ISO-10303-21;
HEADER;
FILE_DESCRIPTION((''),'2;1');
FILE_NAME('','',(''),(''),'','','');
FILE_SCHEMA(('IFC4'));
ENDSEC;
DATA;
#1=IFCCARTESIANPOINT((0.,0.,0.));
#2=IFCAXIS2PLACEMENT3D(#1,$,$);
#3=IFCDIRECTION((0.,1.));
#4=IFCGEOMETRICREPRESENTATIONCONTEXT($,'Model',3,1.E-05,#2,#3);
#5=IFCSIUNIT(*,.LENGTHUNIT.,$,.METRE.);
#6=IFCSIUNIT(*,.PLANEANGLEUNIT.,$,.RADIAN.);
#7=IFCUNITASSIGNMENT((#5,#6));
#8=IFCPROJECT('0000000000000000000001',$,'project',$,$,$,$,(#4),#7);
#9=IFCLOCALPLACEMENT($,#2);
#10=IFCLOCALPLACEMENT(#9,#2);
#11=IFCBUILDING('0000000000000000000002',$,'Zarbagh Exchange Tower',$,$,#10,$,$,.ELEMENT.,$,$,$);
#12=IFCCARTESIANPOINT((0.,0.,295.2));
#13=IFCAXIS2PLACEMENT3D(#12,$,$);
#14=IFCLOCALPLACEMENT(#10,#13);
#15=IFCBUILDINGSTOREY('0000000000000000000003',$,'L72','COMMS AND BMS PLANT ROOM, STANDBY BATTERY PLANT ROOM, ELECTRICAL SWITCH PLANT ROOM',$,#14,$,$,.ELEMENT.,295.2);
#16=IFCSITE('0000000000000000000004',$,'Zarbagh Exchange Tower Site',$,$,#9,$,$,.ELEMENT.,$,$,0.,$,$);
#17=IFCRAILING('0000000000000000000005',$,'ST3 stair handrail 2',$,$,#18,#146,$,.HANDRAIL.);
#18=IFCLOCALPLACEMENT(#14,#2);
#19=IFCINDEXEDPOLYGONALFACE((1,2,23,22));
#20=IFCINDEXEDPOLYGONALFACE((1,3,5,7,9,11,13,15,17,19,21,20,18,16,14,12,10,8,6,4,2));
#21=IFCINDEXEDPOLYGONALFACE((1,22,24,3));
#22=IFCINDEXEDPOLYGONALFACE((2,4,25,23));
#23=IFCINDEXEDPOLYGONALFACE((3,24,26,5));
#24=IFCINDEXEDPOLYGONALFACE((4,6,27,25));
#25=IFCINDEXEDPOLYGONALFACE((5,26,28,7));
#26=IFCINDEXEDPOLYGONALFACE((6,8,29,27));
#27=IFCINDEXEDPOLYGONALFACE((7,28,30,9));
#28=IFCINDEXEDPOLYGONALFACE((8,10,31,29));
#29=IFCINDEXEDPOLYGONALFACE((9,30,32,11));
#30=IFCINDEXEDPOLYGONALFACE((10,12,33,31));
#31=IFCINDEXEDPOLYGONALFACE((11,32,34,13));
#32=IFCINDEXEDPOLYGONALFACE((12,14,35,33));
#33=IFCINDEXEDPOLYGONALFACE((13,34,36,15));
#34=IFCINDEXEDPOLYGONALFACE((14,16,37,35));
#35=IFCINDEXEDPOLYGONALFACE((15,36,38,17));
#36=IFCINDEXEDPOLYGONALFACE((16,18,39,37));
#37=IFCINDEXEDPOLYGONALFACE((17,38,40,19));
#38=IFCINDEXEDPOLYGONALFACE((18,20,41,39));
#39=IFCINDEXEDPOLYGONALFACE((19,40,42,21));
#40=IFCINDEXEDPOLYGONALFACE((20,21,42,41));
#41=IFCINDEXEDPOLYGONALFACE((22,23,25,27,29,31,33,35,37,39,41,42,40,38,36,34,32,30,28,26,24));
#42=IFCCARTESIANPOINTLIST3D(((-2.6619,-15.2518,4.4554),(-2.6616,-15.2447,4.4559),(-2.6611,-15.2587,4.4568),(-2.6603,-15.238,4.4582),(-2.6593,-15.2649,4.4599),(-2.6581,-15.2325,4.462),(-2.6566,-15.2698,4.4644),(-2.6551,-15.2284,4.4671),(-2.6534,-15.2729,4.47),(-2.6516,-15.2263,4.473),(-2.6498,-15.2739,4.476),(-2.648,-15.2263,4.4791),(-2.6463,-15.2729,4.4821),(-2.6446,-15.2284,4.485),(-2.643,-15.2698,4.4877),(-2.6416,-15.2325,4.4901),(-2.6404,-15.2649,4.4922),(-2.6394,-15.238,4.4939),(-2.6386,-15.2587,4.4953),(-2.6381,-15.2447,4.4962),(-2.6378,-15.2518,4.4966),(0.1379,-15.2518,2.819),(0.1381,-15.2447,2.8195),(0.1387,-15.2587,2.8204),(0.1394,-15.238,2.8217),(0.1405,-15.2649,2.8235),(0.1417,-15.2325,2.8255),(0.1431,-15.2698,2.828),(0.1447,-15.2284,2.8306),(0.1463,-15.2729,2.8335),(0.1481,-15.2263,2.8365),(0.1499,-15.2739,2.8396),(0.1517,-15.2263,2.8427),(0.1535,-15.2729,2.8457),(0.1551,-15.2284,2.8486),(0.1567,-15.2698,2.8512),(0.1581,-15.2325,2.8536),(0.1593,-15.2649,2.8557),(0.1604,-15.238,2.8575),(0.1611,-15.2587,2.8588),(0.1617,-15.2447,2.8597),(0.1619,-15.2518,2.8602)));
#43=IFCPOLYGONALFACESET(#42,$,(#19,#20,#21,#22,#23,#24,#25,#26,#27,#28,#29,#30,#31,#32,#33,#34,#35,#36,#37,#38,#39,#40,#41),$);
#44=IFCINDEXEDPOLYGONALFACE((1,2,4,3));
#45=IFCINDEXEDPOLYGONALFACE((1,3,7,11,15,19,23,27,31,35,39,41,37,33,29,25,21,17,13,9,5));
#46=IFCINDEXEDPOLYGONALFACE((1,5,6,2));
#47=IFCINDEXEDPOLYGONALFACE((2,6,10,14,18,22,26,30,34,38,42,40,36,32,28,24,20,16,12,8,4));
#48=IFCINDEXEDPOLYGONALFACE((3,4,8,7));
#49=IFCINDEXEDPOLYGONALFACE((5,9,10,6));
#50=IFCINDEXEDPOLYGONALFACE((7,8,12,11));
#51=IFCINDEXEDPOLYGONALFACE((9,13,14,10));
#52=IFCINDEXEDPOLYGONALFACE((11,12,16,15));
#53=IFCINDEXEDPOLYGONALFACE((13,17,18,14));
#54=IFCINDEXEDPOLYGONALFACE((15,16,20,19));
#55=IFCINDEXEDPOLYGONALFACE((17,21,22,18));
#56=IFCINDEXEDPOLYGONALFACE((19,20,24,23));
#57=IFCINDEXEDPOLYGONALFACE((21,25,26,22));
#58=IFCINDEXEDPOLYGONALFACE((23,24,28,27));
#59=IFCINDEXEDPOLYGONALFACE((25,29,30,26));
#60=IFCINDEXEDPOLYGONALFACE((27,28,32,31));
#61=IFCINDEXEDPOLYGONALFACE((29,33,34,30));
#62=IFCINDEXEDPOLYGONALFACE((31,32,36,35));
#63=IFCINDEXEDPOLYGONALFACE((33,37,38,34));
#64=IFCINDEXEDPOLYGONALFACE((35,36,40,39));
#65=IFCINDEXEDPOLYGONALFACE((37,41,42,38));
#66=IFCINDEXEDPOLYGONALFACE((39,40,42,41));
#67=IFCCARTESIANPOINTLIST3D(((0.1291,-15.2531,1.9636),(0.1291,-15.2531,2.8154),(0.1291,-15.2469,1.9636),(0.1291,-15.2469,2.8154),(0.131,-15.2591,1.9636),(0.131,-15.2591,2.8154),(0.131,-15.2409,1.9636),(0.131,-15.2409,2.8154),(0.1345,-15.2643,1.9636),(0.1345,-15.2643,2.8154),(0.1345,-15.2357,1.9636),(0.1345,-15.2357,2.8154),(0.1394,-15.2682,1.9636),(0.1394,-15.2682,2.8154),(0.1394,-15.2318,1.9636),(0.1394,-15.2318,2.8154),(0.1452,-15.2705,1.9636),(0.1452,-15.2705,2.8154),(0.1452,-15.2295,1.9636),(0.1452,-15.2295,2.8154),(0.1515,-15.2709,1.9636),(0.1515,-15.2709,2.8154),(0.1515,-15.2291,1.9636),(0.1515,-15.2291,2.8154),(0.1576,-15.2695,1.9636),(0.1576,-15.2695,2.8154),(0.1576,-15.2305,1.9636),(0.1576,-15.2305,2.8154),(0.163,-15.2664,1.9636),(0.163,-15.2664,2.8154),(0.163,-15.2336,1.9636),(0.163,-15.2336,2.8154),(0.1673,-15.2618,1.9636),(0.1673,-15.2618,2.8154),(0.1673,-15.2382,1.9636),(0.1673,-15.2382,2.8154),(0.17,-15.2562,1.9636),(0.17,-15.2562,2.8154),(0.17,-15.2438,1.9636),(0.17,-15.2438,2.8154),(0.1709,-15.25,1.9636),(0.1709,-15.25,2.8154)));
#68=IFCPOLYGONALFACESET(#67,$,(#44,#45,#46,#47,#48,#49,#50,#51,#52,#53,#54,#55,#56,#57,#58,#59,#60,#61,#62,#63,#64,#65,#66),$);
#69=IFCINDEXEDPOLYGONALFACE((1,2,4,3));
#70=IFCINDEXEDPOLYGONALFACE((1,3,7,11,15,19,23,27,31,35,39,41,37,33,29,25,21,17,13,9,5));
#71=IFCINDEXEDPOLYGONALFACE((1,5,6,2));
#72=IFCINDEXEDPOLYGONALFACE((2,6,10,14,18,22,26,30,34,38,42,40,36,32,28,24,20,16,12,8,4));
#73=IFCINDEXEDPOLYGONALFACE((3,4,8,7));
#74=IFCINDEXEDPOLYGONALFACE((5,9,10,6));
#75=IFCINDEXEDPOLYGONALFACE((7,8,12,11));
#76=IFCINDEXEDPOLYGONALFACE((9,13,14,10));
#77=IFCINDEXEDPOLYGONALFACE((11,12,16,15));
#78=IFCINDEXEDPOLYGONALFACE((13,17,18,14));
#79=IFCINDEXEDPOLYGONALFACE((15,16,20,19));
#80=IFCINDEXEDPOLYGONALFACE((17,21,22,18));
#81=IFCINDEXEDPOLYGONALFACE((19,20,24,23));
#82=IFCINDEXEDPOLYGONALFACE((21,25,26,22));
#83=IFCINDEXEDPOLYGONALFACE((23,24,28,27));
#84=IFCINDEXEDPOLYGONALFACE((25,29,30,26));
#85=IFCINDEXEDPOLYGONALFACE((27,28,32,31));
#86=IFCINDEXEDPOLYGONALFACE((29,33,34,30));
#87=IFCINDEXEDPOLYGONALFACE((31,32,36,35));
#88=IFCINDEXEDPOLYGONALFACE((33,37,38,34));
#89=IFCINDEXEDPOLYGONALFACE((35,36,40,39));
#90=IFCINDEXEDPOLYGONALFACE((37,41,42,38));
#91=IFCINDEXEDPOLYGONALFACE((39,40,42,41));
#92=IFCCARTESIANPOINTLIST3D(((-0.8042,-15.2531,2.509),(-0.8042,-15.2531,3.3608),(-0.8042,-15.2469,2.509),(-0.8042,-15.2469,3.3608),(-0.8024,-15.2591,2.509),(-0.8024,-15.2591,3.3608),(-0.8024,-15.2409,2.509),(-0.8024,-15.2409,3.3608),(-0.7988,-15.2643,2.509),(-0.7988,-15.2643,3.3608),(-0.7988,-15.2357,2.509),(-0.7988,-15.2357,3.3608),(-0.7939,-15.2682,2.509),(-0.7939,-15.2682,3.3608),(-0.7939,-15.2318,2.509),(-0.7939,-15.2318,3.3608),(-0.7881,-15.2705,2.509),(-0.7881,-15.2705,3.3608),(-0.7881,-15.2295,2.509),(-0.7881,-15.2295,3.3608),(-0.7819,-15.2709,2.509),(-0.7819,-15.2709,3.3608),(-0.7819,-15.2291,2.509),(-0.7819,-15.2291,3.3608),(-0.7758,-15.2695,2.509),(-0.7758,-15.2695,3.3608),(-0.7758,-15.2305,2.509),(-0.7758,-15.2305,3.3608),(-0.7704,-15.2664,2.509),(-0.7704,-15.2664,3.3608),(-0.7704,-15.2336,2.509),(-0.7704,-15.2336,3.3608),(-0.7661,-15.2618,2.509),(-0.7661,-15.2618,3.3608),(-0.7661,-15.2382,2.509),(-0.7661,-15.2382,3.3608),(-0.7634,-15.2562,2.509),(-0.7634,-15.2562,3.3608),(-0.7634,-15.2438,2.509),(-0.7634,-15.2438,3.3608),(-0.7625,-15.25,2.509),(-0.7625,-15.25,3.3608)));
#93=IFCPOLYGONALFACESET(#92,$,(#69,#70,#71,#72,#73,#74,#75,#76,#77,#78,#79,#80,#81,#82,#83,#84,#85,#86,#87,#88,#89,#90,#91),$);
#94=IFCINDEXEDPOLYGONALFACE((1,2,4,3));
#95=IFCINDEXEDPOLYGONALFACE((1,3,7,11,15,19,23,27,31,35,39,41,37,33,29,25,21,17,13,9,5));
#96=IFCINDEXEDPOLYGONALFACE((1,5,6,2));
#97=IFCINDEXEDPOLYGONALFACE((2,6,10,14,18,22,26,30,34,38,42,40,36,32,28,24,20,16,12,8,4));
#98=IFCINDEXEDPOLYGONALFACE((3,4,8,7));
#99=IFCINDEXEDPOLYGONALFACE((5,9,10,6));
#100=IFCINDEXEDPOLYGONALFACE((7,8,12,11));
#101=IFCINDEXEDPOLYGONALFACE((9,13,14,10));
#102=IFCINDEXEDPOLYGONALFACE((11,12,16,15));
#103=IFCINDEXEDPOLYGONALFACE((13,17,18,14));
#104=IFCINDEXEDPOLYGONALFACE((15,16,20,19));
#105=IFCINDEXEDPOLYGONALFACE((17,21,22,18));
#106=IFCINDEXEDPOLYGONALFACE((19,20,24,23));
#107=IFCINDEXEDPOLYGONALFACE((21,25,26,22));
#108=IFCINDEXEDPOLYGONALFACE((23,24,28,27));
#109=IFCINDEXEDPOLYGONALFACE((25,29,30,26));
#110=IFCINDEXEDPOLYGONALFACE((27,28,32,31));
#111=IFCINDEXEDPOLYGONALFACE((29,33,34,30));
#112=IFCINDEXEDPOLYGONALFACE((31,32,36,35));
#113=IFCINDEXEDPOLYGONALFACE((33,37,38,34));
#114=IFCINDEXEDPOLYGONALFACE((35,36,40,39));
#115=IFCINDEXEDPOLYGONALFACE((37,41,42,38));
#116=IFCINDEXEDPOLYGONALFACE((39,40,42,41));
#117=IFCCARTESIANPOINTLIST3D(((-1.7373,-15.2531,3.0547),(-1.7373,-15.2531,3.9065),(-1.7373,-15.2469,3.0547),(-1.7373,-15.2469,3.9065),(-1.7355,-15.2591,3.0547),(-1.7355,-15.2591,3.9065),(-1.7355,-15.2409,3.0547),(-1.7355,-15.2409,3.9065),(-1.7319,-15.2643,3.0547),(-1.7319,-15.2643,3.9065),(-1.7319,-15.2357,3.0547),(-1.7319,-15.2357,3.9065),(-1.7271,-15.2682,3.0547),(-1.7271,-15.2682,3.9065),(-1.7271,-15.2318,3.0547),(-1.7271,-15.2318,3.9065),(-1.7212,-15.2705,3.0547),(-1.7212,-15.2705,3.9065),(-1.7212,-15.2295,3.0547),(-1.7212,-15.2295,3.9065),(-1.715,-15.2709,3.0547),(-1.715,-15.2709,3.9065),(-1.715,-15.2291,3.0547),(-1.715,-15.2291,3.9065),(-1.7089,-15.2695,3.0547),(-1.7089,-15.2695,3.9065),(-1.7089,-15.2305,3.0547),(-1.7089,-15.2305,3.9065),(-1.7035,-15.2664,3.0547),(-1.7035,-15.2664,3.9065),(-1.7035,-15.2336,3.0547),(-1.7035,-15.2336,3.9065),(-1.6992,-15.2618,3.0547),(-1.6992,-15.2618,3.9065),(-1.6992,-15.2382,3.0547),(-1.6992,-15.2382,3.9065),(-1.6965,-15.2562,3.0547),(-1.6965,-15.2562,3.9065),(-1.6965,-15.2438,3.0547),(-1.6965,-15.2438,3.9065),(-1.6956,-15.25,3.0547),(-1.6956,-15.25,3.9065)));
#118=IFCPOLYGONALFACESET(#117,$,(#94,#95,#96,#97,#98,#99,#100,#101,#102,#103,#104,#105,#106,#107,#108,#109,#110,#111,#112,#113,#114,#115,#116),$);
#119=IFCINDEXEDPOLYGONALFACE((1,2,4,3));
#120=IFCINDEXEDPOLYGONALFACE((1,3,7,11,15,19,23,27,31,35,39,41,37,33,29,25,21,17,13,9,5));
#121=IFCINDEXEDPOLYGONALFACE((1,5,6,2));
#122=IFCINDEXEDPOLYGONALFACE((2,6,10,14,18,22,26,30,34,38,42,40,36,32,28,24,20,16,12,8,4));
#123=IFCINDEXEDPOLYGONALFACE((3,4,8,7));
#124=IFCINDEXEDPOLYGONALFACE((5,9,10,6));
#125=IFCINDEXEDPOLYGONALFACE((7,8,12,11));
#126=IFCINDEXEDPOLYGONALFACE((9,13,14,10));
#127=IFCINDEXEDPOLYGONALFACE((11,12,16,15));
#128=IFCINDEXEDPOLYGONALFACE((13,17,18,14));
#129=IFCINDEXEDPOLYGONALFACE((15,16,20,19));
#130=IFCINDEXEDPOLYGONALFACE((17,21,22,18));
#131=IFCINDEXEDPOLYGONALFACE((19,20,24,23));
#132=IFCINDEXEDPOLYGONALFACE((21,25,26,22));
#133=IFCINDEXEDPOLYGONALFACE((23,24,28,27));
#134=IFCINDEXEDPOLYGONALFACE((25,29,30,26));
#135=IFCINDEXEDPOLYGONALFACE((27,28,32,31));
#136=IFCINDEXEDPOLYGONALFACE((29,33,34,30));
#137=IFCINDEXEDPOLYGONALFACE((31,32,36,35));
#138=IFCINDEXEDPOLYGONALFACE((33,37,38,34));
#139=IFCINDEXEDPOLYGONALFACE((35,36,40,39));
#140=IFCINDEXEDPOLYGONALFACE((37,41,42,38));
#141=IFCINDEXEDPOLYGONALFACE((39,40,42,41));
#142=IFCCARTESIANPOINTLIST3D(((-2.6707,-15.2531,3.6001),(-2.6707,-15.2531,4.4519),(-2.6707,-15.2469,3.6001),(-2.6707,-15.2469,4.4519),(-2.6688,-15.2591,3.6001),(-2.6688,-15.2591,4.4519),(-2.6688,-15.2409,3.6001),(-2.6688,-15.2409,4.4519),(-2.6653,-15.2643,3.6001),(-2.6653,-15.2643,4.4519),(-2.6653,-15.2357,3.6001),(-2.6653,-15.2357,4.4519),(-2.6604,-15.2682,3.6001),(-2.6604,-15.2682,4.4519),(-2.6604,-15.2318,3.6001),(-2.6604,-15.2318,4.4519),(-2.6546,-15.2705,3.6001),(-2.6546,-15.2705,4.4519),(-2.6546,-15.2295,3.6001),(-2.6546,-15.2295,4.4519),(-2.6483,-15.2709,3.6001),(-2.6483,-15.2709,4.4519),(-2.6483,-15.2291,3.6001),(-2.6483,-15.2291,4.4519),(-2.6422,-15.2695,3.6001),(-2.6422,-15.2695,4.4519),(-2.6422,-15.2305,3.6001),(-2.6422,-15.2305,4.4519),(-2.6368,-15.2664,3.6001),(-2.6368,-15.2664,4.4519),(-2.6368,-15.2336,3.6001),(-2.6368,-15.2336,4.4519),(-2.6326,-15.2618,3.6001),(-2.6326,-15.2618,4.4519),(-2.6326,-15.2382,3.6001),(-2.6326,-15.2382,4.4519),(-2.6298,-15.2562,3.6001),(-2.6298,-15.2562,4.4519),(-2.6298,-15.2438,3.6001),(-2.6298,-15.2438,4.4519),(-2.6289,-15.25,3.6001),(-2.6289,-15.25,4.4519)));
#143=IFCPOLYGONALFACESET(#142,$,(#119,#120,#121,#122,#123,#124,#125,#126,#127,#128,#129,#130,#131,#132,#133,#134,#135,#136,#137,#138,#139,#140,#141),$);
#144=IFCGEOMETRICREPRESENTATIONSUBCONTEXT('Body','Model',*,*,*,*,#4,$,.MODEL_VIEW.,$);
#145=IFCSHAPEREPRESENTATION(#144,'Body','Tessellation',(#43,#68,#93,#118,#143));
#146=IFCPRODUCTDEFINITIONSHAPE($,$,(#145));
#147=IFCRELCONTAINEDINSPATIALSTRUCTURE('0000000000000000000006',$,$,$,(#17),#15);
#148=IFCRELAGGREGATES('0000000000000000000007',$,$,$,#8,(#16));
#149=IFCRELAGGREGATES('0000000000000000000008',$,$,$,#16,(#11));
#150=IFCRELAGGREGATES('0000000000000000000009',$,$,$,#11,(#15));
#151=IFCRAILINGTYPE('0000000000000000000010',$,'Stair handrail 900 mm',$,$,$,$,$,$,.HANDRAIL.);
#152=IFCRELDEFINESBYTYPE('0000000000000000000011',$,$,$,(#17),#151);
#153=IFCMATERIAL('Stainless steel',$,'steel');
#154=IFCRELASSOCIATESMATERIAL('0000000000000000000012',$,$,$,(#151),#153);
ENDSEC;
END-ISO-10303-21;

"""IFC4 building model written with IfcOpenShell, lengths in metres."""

from ifc_helpers import new_model, si_unit, direction, frame, origin, origin_2d, place, context, subcontext, project, spatial, circle, extrude, material, type_object, element, save


model = new_model("IFC4")

# Units and contexts
model_context = context("Model", 3, precision=1e-05, world=origin(), true_north=direction((0.0, 1.0)))
body_context = subcontext(model_context, "Body", "Model", "MODEL_VIEW")
ifc_project = project(units=[si_unit("LENGTHUNIT", "METRE"), si_unit("PLANEANGLEUNIT", "RADIAN")], contexts=[model_context])

# Site, building, storey
site_placement = place(None, origin())
site = spatial("IfcSite", under=ifc_project, at=site_placement, Name="Zarbagh Exchange Tower Site", CompositionType="ELEMENT", RefElevation=0.0)
building_placement = place(site_placement, origin())
building = spatial("IfcBuilding", under=site, at=building_placement, Name="Zarbagh Exchange Tower", CompositionType="ELEMENT")
storey_placement = place(building_placement, frame((0.0, 0.0, 295.2)))
storey = spatial("IfcBuildingStorey", under=building, at=storey_placement, Name="L72", Description="COMMS AND BMS PLANT ROOM, STANDBY BATTERY PLANT ROOM, ELECTRICAL SWITCH PLANT ROOM", CompositionType="ELEMENT", Elevation=295.2)

# Railing
ifc_material_1 = material(Name="Stainless steel", Category="steel")
railing_type = type_object("IfcRailingType", Name="Stair handrail 900 mm", PredefinedType="HANDRAIL", material=ifc_material_1)
railing_1_placement = place(storey_placement, frame((0.1499, -15.25, 1.9636)))
element("IfcRailing", 1, at=railing_1_placement, inside=storey, type_object=railing_type, Name="ST3 stair handrail 2", PredefinedType="HANDRAIL", context=body_context, shape_type="SweptSolid", body=[
    extrude(circle(Radius=0.0239, at=origin_2d()), frame((0.0, 0.0, 0.876), z_axis=(-0.863342, 0.0, 0.50462), x_axis=(0.0, -1.0, 0.0)), (0.0, 0.0, 1.0), 3.2429),
    extrude(circle(Radius=0.021, at=origin_2d()), origin(), (0.0, 0.0, 1.0), 0.8518),
    extrude(circle(Radius=0.021, at=origin_2d()), frame((-0.9333, 0.0, 0.5454)), (0.0, 0.0, 1.0), 0.8518),
    extrude(circle(Radius=0.021, at=origin_2d()), frame((-1.8665, 0.0, 1.0911)), (0.0, 0.0, 1.0), 0.8518),
    extrude(circle(Radius=0.021, at=origin_2d()), frame((-2.7998, 0.0, 1.6365)), (0.0, 0.0, 1.0), 0.8518),
])

save(model, "model.ifc")
